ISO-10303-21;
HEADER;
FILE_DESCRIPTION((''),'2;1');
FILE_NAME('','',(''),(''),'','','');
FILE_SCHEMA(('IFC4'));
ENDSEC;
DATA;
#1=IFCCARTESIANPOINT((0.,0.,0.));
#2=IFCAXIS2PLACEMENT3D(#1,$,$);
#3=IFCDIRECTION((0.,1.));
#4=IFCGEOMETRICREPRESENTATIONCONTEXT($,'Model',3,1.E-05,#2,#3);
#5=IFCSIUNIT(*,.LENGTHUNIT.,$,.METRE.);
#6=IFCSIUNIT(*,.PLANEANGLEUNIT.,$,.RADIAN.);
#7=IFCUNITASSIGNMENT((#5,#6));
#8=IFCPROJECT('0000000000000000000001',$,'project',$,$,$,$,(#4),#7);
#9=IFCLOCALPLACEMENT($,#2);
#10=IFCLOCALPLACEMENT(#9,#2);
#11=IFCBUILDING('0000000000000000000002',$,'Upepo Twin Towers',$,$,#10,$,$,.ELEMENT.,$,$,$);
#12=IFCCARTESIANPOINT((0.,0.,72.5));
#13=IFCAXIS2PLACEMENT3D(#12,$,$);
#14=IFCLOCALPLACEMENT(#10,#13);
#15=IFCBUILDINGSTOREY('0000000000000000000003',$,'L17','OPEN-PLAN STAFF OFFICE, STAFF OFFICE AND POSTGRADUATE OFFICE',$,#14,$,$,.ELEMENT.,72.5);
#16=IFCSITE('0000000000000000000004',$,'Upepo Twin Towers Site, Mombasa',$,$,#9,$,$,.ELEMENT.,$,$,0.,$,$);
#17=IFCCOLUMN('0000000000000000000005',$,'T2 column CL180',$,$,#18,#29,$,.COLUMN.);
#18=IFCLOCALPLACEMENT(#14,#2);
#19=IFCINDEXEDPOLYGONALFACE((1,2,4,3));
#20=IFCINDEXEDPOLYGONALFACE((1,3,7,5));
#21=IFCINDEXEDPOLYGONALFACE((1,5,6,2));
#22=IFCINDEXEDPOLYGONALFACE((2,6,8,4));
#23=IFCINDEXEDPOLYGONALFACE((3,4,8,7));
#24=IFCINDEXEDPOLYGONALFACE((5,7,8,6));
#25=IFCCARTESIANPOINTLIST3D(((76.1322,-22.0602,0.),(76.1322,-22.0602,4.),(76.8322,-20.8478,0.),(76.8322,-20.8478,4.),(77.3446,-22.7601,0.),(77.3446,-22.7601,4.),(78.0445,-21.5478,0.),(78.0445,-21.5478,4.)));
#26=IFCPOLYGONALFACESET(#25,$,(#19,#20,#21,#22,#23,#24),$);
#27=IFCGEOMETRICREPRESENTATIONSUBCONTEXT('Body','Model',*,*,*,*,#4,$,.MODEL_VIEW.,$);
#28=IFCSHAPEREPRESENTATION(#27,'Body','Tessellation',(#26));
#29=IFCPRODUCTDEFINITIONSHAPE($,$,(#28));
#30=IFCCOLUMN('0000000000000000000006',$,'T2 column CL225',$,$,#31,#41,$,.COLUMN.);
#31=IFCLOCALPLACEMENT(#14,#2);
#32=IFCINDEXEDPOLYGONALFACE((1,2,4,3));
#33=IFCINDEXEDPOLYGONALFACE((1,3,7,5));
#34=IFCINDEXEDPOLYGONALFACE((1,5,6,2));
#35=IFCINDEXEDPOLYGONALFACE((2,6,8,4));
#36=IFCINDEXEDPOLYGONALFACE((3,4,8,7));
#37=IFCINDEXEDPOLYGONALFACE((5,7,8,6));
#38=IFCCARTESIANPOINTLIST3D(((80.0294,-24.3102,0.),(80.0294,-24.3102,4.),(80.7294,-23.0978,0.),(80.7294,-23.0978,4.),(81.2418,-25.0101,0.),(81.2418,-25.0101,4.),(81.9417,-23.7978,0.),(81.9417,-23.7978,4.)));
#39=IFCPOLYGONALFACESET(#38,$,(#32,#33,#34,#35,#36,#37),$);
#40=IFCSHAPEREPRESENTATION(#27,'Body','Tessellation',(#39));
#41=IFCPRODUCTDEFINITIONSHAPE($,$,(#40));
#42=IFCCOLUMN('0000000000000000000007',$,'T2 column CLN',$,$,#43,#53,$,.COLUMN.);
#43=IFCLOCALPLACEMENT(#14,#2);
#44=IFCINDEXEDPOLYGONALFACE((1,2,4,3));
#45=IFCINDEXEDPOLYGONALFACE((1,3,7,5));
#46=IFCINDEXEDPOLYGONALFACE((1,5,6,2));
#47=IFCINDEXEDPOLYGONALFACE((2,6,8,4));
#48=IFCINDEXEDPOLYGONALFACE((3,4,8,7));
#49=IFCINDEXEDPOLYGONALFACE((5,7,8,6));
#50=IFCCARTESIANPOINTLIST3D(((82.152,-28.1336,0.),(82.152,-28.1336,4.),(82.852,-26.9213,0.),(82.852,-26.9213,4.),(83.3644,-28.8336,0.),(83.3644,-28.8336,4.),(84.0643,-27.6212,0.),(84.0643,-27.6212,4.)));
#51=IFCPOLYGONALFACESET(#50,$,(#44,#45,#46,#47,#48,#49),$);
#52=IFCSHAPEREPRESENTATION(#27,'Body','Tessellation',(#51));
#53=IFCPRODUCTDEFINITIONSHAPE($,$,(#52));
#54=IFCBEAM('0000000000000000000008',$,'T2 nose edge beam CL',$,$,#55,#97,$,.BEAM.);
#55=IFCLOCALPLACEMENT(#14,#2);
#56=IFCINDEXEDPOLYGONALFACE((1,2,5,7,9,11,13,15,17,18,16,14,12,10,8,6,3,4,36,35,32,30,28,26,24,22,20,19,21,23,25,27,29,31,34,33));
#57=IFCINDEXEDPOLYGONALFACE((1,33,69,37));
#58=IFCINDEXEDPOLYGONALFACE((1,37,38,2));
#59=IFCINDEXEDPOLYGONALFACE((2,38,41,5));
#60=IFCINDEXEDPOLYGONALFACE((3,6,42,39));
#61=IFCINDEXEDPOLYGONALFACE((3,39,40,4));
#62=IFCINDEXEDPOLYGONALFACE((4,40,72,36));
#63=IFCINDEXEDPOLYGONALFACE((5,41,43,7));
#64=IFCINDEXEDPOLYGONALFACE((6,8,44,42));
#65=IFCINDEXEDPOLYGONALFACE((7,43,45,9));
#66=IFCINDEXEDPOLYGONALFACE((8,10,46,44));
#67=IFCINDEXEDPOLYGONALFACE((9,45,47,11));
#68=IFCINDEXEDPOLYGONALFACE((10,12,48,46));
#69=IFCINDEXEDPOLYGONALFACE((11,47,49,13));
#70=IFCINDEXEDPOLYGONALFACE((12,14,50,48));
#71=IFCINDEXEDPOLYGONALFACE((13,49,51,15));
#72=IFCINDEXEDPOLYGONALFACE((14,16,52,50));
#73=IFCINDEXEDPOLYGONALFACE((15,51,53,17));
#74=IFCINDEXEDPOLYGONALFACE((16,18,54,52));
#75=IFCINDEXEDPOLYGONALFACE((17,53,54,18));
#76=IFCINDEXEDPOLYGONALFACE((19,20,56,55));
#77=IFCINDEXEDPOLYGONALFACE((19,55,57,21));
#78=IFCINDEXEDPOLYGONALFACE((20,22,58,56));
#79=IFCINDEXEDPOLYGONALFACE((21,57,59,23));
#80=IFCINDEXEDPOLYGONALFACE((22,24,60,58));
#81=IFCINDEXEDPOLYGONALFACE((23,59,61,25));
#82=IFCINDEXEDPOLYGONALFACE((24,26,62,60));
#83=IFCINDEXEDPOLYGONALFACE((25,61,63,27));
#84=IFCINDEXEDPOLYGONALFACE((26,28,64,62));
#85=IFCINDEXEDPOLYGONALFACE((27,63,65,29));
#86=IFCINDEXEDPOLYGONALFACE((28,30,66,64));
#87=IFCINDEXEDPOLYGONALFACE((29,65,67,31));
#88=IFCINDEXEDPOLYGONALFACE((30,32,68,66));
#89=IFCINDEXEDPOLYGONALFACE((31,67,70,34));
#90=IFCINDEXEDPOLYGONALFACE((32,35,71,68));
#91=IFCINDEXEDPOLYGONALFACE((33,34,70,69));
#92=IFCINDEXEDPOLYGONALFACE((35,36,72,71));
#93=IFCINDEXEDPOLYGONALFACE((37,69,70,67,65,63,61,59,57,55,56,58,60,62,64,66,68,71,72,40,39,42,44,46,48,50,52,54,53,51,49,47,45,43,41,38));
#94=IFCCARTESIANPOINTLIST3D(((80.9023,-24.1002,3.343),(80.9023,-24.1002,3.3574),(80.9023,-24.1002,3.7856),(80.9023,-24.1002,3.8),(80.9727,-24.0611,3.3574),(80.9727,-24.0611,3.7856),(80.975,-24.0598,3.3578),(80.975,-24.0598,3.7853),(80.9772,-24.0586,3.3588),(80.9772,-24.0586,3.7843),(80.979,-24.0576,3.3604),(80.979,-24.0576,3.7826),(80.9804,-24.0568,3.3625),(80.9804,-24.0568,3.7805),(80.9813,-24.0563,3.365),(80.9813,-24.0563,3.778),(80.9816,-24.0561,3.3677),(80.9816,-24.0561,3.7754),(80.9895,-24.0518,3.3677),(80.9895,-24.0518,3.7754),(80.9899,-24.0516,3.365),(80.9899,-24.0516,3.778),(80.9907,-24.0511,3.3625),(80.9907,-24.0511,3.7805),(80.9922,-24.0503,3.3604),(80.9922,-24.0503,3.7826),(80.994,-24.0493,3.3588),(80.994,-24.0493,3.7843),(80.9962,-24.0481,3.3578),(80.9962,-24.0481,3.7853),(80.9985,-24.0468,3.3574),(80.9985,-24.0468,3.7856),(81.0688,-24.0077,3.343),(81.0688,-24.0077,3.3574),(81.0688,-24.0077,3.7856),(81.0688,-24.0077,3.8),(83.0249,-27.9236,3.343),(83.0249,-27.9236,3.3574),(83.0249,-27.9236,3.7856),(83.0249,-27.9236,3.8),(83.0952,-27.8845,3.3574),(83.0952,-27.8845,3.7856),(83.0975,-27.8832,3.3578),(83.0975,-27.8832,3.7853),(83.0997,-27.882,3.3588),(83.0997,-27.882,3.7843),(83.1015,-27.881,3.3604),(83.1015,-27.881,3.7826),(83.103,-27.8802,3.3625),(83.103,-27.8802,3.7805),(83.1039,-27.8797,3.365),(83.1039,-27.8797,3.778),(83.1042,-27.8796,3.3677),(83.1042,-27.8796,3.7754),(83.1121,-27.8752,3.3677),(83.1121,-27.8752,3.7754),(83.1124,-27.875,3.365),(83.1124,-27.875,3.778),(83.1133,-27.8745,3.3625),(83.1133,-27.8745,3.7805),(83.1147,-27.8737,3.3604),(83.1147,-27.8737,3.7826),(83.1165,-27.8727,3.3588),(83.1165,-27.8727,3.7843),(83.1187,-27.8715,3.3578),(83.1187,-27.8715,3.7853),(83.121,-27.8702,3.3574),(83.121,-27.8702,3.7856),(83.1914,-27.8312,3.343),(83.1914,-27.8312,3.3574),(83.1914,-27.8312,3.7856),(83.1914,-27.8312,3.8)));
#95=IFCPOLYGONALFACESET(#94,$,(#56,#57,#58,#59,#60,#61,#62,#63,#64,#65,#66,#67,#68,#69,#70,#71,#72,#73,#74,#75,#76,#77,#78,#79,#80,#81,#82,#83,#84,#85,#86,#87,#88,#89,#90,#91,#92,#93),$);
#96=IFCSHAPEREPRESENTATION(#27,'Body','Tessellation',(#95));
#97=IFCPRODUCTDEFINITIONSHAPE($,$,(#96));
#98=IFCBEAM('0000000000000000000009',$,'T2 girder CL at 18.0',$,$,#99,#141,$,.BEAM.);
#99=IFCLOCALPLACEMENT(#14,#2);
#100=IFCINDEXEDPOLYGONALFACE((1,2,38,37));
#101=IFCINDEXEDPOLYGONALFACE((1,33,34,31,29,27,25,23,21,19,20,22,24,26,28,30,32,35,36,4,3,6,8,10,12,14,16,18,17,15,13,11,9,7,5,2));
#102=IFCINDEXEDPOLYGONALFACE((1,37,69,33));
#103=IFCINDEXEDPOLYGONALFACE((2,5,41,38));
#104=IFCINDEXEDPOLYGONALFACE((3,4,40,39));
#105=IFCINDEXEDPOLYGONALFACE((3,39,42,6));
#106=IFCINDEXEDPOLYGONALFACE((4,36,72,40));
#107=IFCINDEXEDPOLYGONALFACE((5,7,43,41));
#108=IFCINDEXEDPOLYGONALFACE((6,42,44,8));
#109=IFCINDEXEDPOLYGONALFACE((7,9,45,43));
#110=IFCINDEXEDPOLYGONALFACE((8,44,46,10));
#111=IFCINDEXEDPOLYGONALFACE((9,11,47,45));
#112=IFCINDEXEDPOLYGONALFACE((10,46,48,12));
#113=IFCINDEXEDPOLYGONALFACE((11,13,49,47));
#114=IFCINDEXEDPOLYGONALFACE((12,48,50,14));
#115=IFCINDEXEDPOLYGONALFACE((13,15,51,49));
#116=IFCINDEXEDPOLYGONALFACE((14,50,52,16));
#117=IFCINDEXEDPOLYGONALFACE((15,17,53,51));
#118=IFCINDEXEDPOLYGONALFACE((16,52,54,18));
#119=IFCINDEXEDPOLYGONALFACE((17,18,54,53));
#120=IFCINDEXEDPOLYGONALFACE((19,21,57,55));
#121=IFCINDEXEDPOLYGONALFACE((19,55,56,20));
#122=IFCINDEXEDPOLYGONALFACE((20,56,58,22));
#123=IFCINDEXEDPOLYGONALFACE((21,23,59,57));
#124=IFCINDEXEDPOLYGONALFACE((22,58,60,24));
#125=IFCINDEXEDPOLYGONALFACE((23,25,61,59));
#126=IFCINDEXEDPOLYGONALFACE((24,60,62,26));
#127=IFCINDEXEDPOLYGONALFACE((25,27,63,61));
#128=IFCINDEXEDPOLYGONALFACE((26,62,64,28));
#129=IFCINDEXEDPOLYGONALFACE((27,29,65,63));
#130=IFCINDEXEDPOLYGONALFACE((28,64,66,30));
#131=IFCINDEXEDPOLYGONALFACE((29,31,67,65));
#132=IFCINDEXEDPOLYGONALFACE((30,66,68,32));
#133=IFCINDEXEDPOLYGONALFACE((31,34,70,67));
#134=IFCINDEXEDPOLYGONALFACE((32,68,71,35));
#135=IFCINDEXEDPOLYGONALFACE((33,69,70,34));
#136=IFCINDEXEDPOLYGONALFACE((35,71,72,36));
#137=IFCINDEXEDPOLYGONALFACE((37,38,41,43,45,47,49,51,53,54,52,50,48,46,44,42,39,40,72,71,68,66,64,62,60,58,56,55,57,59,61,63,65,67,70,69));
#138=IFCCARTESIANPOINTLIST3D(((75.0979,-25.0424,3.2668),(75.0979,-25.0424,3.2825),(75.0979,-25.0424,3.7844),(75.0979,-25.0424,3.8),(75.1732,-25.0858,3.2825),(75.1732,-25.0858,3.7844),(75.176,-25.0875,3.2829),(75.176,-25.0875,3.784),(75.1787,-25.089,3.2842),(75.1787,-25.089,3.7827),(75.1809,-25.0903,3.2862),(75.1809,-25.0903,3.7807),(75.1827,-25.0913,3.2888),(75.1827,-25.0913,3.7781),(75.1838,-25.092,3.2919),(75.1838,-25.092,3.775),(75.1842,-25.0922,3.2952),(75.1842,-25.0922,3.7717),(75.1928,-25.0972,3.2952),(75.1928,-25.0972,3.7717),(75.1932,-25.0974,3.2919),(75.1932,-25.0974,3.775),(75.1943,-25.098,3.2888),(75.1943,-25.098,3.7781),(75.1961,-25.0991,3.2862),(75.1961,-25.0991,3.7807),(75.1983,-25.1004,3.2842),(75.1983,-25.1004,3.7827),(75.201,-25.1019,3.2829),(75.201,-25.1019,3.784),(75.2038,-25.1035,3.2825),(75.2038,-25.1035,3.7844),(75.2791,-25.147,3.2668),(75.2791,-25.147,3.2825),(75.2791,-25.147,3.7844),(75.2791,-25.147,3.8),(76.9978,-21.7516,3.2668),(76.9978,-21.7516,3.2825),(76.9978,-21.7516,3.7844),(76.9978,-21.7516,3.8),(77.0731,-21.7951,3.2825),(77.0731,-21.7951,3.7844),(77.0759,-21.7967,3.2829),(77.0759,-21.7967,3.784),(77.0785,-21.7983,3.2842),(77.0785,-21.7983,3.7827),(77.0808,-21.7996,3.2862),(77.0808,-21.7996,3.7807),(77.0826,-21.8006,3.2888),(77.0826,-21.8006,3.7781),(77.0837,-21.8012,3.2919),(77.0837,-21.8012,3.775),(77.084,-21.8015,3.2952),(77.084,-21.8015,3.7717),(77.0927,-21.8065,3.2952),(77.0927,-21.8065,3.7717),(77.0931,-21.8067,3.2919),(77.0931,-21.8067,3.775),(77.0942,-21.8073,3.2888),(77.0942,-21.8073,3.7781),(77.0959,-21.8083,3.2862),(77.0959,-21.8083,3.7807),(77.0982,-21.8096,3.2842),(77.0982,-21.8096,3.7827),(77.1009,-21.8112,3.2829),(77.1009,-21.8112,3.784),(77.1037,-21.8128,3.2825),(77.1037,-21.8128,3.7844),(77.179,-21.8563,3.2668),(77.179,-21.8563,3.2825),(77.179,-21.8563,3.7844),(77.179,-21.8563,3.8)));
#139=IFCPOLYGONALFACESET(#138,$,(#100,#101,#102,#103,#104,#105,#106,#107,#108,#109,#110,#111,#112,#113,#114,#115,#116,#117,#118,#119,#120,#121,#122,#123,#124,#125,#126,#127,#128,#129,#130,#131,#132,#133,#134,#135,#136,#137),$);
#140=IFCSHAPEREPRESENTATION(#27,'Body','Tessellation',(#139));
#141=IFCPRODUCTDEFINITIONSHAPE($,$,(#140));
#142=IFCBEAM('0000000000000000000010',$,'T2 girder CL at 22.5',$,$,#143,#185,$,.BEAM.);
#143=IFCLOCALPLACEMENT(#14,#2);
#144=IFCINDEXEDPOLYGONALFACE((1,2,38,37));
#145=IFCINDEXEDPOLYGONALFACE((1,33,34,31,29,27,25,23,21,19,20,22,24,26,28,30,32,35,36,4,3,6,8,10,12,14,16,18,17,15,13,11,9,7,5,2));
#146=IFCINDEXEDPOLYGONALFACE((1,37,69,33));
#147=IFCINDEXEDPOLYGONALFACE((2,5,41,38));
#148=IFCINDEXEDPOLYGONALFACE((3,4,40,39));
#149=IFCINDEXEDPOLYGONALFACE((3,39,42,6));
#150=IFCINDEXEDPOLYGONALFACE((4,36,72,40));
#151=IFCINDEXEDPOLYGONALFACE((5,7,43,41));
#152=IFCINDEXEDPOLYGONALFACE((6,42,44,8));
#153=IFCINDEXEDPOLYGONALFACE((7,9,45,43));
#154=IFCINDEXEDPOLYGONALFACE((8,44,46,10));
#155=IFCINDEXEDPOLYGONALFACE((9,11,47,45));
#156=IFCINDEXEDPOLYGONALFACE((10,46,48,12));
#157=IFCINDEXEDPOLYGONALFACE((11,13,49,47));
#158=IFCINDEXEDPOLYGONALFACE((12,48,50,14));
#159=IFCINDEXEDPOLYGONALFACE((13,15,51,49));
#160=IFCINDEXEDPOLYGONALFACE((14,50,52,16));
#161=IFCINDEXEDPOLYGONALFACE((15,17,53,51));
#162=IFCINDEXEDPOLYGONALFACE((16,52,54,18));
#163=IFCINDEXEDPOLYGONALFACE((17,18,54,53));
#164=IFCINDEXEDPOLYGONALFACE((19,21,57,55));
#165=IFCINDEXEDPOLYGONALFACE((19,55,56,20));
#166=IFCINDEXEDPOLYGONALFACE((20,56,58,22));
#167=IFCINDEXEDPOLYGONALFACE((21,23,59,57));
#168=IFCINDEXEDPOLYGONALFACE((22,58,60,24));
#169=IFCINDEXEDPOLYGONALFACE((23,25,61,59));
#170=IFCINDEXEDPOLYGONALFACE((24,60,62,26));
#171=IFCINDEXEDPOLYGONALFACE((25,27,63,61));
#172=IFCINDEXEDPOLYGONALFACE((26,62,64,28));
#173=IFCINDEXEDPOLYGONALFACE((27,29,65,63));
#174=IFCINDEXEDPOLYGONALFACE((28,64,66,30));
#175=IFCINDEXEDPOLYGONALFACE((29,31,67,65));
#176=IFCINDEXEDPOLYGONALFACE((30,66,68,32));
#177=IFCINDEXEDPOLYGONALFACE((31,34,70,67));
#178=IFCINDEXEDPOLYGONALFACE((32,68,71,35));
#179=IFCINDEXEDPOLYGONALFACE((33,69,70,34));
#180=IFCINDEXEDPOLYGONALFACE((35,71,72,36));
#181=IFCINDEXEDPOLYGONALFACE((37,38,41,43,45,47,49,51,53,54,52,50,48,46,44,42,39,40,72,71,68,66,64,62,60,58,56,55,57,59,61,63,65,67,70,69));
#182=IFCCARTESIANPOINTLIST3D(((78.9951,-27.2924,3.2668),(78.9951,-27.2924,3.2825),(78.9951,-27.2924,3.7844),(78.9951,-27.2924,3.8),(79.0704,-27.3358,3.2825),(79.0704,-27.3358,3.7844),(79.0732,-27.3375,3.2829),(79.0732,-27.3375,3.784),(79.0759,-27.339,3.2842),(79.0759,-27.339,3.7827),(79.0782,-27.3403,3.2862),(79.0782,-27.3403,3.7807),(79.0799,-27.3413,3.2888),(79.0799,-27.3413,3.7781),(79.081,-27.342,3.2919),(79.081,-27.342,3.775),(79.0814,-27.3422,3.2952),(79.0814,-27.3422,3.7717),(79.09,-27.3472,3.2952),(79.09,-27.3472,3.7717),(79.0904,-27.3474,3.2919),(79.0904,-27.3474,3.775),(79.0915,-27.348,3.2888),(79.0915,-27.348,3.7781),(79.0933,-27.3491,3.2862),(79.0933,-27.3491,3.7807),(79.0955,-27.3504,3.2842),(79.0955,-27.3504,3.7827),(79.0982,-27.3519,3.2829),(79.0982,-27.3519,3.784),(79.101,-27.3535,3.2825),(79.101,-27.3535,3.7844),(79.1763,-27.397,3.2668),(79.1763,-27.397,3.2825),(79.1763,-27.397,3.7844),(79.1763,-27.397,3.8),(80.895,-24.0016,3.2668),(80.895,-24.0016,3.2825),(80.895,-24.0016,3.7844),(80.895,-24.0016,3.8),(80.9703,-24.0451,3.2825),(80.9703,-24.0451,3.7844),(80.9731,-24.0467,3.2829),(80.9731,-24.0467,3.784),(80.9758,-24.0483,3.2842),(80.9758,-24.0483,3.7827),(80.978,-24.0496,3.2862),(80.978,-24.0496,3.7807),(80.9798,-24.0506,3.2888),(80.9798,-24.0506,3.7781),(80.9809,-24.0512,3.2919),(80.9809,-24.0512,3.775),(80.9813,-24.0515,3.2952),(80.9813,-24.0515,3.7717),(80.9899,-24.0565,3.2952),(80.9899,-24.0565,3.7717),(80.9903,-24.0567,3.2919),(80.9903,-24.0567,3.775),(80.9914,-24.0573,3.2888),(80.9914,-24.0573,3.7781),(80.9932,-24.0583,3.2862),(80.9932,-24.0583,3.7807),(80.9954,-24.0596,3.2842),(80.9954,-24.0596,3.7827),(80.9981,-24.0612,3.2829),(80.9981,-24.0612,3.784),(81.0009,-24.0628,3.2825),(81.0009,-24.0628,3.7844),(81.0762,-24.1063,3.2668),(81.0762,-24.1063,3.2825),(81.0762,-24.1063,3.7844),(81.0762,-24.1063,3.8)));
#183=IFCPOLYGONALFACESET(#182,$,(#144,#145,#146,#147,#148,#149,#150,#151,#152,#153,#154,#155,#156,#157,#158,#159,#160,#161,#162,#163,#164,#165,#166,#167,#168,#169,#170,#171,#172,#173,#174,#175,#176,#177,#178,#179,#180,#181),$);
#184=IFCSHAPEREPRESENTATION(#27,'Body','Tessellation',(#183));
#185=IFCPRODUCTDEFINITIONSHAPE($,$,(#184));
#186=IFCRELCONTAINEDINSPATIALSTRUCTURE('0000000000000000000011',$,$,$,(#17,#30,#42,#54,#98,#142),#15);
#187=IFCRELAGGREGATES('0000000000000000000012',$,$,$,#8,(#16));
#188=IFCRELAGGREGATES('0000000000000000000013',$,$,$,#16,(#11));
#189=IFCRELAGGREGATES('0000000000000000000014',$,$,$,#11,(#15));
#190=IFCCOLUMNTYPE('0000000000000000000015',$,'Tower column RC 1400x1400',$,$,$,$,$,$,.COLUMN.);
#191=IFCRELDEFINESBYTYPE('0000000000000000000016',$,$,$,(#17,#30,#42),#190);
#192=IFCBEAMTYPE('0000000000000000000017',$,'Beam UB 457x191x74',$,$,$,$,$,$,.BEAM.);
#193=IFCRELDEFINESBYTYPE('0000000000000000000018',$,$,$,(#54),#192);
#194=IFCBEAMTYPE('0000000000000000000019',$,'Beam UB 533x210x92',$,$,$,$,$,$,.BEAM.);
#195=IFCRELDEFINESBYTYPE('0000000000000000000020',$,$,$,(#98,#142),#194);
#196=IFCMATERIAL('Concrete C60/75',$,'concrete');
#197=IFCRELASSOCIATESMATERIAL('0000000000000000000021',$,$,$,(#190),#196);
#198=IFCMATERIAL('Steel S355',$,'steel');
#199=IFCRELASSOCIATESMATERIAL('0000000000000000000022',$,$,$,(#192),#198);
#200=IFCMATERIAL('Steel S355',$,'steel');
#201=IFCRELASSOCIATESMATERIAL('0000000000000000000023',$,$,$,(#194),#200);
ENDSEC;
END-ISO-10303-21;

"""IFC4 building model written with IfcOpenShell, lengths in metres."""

from ifc_helpers import new_model, si_unit, direction, frame, origin, origin_2d, place, context, subcontext, project, spatial, rectangle, i_section, extrude, material, material_profile, profile_set, type_object, element, save


model = new_model("IFC4")

# Units and contexts
model_context = context("Model", 3, precision=1e-05, world=origin(), true_north=direction((0.0, 1.0)))
body_context = subcontext(model_context, "Body", "Model", "MODEL_VIEW")
ifc_project = project(units=[si_unit("LENGTHUNIT", "METRE"), si_unit("PLANEANGLEUNIT", "RADIAN")], contexts=[model_context])

# Site, building, storey
site_placement = place(None, origin())
site = spatial("IfcSite", under=ifc_project, at=site_placement, Name="Upepo Twin Towers Site, Mombasa", CompositionType="ELEMENT", RefElevation=0.0)
building_placement = place(site_placement, origin())
building = spatial("IfcBuilding", under=site, at=building_placement, Name="Upepo Twin Towers", CompositionType="ELEMENT")
storey_placement = place(building_placement, frame((0.0, 0.0, 72.5)))
storey = spatial("IfcBuildingStorey", under=building, at=storey_placement, Name="L17", Description="OPEN-PLAN STAFF OFFICE, STAFF OFFICE AND POSTGRADUATE OFFICE", CompositionType="ELEMENT", Elevation=72.5)

# Columns
ifc_material_1 = material(Name="Concrete C60/75", Category="concrete")
ifc_material_profile_1 = material_profile(ifc_material_1, rectangle(XDim=1.3999, YDim=1.3999, at=origin_2d()), Name="RC 1400x1400")
ifc_profile_set_1 = profile_set([ifc_material_profile_1], Name="Concrete C60/75")
column_type = type_object("IfcColumnType", Name="Tower column RC 1400x1400", PredefinedType="COLUMN", material=ifc_profile_set_1)
for number, where, z_axis, x_axis, name in (
    (1, (77.0884, -21.804, 0.0), (0.0, 0.0, 1.0), (0.5, 0.866025, 0.0), "T2 column CL180"),
    (2, (80.9856, -24.054, 0.0), (0.0, 0.0, 1.0), (0.5, 0.866025, 0.0), "T2 column CL225"),
    (3, (83.1082, -27.8774, 0.0), (0.0, 0.0, 1.0), (0.5, 0.866025, 0.0), "T2 column CLN"),
):
    element("IfcColumn", number, at=place(storey_placement, frame(where, z_axis=z_axis, x_axis=x_axis)), inside=storey, type_object=column_type, Name=name, PredefinedType="COLUMN", context=body_context, shape_type="SweptSolid", body=[
        extrude(rectangle(XDim=1.3999, YDim=1.3999, at=origin_2d()), origin(), (0.0, 0.0, 1.0), 4.0),
    ])

# Beams
ifc_material_2 = material(Name="Steel S355", Category="steel")
ifc_material_profile_2 = material_profile(ifc_material_2, i_section(OverallWidth=0.1904, OverallDepth=0.457, WebThickness=0.009, FlangeThickness=0.0144, FilletRadius=0.0103, at=origin_2d()), Name="UB 457x191x74")
ifc_profile_set_2 = profile_set([ifc_material_profile_2], Name="Steel S355")
beam_type_1 = type_object("IfcBeamType", Name="Beam UB 457x191x74", PredefinedType="BEAM", material=ifc_profile_set_2)
beam_1_placement = place(storey_placement, frame((80.9856, -24.054, 3.5715), z_axis=(0.485363, -0.874313, 0.0), x_axis=(0.874313, 0.485363, 0.0)))
element("IfcBeam", 4, at=beam_1_placement, inside=storey, type_object=beam_type_1, Name="T2 nose edge beam CL", PredefinedType="BEAM", context=body_context, shape_type="SweptSolid", body=[
    extrude(i_section(OverallWidth=0.1904, OverallDepth=0.457, WebThickness=0.009, FlangeThickness=0.0144, FilletRadius=0.0103, at=origin_2d()), origin(), (0.0, 0.0, 1.0), 4.373),
])
ifc_material_3 = material(Name="Steel S355", Category="steel")
ifc_material_profile_3 = material_profile(ifc_material_3, i_section(OverallWidth=0.2092, OverallDepth=0.5332, WebThickness=0.01, FlangeThickness=0.0156, FilletRadius=0.0127, at=origin_2d()), Name="UB 533x210x92")
ifc_profile_set_3 = profile_set([ifc_material_profile_3], Name="Steel S355")
beam_type_2 = type_object("IfcBeamType", Name="Beam UB 533x210x92", PredefinedType="BEAM", material=ifc_profile_set_3)
for number, where, z_axis, x_axis, name in (
    (5, (77.0884, -21.804, 3.5334), (-0.499995, -0.866028, 0.0), (0.866028, -0.499995, 0.0), "T2 girder CL at 18.0"),
    (6, (80.9856, -24.054, 3.5334), (-0.499995, -0.866028, 0.0), (0.866028, -0.499995, 0.0), "T2 girder CL at 22.5"),
):
    element("IfcBeam", number, at=place(storey_placement, frame(where, z_axis=z_axis, x_axis=x_axis)), inside=storey, type_object=beam_type_2, Name=name, PredefinedType="BEAM", context=body_context, shape_type="SweptSolid", body=[
        extrude(i_section(OverallWidth=0.2092, OverallDepth=0.5332, WebThickness=0.01, FlangeThickness=0.0156, FilletRadius=0.0127, at=origin_2d()), origin(), (0.0, 0.0, 1.0), 3.7998),
    ])

save(model, "model.ifc")
